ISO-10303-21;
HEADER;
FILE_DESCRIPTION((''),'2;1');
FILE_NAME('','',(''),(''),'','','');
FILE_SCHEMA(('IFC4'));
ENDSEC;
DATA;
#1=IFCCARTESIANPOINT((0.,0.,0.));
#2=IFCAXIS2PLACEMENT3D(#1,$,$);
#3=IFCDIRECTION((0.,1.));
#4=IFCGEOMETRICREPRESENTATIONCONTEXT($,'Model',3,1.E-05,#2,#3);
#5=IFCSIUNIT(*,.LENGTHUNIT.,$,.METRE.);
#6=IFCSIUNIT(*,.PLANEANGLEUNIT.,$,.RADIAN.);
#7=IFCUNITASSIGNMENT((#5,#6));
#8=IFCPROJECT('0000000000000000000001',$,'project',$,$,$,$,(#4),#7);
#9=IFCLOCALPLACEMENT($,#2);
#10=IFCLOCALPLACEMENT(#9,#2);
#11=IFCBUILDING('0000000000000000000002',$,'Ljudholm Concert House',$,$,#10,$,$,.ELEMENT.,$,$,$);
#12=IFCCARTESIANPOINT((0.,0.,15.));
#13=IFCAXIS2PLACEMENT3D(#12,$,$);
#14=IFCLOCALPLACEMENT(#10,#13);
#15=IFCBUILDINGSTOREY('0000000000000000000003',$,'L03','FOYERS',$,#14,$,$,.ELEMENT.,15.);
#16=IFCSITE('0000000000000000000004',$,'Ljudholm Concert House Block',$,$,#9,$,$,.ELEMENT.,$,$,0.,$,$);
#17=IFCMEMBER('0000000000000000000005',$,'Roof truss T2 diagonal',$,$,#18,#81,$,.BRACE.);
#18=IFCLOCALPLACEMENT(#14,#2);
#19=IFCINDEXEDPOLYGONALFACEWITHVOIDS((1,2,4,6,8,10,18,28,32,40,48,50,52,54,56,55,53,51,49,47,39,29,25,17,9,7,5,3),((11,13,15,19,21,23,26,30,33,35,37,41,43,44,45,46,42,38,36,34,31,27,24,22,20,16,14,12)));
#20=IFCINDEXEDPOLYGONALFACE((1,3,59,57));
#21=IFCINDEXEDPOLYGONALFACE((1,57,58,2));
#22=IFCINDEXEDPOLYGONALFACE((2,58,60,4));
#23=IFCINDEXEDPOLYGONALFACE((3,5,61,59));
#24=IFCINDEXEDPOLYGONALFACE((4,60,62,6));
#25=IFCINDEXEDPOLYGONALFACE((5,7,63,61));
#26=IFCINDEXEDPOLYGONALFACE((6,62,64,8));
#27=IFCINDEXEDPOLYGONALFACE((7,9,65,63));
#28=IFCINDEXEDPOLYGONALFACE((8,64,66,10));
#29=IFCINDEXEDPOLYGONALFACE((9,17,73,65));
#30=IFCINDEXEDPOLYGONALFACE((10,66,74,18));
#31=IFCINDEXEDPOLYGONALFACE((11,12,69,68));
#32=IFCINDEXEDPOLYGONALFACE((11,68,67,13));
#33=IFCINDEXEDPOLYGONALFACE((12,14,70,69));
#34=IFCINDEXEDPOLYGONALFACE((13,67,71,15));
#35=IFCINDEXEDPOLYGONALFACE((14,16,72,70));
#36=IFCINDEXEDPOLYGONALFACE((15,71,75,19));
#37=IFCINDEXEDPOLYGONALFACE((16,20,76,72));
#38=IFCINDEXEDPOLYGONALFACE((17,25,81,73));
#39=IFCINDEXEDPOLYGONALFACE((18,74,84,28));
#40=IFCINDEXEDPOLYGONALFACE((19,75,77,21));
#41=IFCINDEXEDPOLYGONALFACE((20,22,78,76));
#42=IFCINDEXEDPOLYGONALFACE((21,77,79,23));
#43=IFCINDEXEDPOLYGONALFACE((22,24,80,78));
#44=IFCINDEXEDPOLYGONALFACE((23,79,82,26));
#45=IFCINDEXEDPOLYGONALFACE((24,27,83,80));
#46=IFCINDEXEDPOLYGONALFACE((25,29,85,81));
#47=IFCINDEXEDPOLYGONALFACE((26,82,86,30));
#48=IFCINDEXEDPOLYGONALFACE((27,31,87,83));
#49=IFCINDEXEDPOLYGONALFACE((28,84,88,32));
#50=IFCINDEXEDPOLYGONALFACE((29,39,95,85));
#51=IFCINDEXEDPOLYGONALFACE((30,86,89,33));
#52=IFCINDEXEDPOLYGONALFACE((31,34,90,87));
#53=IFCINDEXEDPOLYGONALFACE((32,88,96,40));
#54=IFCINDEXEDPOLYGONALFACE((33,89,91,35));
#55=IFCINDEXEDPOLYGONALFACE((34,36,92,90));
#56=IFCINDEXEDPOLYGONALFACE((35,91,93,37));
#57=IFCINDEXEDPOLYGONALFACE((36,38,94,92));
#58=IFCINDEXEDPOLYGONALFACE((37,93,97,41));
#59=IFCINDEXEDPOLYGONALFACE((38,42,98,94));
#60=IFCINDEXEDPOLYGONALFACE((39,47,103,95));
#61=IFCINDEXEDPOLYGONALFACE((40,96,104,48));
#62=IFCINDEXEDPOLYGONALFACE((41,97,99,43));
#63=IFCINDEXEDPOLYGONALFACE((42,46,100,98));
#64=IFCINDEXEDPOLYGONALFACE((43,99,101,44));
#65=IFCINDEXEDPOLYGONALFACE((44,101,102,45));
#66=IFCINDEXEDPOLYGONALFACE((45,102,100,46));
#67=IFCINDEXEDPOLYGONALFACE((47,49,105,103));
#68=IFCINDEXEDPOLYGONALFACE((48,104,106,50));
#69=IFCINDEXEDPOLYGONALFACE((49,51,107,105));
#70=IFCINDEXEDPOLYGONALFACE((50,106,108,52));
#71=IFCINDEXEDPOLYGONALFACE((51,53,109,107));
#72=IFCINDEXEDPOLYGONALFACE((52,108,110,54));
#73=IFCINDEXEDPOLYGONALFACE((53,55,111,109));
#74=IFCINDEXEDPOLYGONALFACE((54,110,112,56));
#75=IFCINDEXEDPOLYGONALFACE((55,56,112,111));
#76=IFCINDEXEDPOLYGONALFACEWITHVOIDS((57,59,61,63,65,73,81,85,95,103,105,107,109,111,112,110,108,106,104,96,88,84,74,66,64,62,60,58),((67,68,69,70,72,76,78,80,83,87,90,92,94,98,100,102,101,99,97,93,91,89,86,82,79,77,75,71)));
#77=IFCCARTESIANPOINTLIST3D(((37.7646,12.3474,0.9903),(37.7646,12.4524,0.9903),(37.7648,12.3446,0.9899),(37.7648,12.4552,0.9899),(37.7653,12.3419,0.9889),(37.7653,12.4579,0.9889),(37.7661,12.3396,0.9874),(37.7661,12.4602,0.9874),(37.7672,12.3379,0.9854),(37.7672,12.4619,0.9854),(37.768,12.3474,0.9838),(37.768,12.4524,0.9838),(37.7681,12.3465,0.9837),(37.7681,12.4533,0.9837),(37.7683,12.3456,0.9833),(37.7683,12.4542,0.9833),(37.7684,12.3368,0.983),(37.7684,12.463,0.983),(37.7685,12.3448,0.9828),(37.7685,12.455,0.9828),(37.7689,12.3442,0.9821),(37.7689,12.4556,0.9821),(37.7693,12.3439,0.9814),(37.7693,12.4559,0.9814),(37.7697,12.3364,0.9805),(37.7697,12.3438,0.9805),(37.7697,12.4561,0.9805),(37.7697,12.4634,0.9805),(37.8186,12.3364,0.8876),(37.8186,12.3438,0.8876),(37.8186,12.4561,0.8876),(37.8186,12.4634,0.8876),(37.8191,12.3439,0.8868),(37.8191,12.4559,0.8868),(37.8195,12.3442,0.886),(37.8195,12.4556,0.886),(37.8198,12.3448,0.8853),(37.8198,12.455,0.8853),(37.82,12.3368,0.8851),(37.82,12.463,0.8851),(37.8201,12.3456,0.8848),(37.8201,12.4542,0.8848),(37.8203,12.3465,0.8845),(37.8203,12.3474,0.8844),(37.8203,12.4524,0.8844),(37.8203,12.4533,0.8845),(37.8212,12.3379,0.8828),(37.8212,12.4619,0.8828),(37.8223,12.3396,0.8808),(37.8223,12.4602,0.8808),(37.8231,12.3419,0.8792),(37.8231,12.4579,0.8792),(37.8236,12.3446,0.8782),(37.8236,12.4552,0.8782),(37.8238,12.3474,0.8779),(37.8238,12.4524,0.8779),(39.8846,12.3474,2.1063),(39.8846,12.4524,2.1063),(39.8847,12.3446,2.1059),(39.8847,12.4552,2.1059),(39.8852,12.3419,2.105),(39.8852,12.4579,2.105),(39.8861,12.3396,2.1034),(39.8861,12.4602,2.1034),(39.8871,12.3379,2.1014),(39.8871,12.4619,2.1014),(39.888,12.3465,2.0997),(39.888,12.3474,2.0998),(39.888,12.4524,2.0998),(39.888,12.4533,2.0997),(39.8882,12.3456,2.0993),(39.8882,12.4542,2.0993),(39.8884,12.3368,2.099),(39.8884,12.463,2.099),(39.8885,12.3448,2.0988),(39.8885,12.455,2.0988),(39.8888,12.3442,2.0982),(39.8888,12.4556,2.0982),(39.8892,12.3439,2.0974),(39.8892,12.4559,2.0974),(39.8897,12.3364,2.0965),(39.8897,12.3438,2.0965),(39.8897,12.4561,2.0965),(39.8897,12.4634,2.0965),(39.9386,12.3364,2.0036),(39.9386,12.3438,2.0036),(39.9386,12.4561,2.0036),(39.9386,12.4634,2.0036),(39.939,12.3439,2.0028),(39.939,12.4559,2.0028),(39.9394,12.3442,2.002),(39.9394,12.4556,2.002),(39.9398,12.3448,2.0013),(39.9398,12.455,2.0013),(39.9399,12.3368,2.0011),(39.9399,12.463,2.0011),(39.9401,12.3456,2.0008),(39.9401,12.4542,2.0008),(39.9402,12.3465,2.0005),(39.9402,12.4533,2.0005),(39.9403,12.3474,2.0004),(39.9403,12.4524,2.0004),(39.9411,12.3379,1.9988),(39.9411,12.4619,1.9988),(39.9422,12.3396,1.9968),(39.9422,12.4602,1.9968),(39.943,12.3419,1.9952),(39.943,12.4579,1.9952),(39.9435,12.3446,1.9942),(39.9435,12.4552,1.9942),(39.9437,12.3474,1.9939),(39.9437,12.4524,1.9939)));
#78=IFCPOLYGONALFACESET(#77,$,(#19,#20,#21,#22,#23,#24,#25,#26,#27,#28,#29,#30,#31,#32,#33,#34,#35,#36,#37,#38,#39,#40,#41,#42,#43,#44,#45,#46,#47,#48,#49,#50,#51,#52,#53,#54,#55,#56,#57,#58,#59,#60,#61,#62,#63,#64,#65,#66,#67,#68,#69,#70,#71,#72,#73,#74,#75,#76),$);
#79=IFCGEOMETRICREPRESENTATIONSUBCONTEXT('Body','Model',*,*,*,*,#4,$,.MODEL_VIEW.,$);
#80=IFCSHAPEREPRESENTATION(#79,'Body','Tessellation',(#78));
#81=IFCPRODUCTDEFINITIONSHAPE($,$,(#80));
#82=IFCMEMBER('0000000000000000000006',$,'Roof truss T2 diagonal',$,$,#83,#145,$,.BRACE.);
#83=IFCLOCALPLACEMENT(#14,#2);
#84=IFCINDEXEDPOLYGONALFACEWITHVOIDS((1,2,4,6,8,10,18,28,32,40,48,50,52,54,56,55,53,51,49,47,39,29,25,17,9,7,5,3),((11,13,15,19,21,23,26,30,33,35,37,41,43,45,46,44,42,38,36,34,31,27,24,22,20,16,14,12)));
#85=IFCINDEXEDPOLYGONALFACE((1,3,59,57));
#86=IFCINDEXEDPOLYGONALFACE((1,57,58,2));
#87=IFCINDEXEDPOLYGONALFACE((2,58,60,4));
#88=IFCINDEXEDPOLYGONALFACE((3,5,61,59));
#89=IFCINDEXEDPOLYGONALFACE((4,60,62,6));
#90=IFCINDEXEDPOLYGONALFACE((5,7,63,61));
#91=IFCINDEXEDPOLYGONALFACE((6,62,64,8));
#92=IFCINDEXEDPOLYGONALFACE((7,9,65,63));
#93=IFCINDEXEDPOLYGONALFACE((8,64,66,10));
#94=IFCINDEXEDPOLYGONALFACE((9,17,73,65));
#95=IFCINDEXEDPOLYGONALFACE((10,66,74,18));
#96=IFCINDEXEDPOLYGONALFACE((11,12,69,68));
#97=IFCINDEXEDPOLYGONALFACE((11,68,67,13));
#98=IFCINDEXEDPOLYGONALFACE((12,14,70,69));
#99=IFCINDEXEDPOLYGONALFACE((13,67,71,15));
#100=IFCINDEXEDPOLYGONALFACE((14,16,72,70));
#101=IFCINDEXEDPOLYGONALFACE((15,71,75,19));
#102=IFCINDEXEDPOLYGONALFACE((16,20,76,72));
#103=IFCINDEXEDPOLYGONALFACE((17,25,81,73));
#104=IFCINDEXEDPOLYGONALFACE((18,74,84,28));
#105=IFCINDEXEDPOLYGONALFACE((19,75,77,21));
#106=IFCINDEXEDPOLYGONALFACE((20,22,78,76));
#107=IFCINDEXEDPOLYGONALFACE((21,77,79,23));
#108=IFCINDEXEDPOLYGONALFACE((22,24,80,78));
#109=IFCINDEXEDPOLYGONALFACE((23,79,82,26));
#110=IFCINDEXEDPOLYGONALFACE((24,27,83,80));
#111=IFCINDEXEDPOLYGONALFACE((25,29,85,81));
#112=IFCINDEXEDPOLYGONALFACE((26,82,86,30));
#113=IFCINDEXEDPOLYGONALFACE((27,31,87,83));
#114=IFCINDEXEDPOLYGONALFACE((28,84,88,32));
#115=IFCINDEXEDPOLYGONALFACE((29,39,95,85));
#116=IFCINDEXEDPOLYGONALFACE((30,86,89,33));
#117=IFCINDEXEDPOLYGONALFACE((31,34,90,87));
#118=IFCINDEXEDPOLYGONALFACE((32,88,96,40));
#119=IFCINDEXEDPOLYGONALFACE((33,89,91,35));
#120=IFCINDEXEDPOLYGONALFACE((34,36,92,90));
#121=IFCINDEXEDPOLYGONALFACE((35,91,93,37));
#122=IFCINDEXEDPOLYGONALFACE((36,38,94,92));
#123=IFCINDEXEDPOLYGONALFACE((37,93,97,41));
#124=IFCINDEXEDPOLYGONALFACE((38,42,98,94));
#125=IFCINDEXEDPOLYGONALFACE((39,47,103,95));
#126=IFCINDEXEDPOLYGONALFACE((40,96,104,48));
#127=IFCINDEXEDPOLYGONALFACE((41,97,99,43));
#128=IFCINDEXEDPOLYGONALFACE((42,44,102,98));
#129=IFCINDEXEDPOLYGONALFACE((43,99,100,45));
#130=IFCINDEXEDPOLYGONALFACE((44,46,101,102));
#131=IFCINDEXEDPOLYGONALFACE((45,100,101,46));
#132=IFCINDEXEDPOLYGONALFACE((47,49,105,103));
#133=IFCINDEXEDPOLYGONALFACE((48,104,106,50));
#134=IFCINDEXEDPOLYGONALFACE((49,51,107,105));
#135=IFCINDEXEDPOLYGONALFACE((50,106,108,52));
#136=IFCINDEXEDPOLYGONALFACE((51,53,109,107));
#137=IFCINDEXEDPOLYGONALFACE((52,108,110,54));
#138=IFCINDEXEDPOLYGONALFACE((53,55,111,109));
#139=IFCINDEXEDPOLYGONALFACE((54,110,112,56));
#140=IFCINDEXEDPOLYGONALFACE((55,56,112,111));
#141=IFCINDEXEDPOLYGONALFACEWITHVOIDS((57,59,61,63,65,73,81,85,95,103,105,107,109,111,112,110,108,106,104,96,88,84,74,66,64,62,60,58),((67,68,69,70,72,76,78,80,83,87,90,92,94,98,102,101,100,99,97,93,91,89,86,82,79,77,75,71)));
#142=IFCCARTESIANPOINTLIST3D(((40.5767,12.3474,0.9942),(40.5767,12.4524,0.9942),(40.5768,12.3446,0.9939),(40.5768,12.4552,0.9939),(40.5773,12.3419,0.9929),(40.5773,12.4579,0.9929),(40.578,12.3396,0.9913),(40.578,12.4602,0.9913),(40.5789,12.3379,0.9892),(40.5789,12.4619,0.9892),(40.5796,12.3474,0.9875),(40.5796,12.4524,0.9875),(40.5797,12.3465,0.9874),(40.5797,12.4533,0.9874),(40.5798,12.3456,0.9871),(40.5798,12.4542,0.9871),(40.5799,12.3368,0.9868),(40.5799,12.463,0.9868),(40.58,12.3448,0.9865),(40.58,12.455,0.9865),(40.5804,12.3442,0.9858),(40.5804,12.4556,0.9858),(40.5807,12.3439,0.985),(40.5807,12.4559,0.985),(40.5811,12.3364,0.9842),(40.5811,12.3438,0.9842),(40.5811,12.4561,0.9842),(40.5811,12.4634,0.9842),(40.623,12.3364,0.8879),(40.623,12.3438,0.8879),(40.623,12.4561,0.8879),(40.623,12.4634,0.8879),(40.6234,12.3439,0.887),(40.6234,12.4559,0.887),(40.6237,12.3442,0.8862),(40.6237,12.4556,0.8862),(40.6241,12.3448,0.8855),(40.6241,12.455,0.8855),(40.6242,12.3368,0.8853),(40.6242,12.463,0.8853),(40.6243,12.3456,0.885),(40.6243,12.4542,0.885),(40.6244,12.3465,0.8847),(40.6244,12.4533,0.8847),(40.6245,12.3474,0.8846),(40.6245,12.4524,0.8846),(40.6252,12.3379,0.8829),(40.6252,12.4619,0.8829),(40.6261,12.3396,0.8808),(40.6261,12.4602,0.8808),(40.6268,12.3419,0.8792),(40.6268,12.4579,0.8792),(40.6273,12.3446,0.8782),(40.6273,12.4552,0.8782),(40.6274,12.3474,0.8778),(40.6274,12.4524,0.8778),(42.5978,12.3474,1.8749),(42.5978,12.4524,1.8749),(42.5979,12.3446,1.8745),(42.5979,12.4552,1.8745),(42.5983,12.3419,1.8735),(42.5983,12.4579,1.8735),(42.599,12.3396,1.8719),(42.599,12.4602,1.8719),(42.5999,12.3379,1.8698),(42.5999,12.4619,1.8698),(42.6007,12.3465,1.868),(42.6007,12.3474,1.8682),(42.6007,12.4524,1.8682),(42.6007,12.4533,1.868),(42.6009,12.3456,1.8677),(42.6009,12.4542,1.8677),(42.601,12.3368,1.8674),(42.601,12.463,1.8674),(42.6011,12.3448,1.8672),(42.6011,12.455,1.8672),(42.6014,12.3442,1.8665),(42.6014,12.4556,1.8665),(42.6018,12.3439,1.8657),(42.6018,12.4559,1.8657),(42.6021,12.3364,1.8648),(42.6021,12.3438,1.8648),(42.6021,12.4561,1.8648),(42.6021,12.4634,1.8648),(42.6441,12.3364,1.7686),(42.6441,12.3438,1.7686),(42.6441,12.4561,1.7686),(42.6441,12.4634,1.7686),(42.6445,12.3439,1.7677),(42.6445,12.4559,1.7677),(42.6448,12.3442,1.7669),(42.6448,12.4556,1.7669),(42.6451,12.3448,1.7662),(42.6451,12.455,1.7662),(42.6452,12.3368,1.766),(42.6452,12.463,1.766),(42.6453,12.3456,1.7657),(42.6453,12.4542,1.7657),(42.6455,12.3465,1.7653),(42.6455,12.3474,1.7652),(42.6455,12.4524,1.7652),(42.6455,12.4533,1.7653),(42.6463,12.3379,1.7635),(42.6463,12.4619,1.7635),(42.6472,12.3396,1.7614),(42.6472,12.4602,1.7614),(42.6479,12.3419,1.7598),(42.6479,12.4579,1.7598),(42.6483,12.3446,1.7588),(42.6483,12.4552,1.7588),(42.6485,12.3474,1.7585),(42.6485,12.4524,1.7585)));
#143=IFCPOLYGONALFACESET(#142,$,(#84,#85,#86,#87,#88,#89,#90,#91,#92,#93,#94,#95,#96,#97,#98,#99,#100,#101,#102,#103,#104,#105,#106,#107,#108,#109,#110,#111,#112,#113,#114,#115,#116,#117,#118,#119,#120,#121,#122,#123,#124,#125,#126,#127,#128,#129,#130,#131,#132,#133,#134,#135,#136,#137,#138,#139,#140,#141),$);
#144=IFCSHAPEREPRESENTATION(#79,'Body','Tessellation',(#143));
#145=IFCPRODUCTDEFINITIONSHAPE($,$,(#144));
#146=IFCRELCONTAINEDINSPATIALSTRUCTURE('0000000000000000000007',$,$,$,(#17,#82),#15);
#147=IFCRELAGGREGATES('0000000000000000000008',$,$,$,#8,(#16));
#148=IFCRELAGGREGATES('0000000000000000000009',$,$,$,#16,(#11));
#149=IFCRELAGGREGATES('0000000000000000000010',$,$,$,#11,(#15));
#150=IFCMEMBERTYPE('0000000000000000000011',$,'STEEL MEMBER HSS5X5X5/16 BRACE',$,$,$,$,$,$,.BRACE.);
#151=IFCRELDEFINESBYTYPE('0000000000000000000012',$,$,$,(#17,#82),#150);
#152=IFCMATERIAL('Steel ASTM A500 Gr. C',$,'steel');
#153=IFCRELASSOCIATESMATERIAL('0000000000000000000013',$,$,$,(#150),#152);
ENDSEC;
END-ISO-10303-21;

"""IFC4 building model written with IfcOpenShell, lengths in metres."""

from ifc_helpers import new_model, si_unit, direction, frame, origin, origin_2d, place, context, subcontext, project, spatial, hollow_rectangle, extrude, material, material_profile, profile_set, type_object, element, save


model = new_model("IFC4")

# Units and contexts
model_context = context("Model", 3, precision=1e-05, world=origin(), true_north=direction((0.0, 1.0)))
body_context = subcontext(model_context, "Body", "Model", "MODEL_VIEW")
ifc_project = project(units=[si_unit("LENGTHUNIT", "METRE"), si_unit("PLANEANGLEUNIT", "RADIAN")], contexts=[model_context])

# Site, building, storey
site_placement = place(None, origin())
site = spatial("IfcSite", under=ifc_project, at=site_placement, Name="Ljudholm Concert House Block", CompositionType="ELEMENT", RefElevation=0.0)
building_placement = place(site_placement, origin())
building = spatial("IfcBuilding", under=site, at=building_placement, Name="Ljudholm Concert House", CompositionType="ELEMENT")
storey_placement = place(building_placement, frame((0.0, 0.0, 15.0)))
storey = spatial("IfcBuildingStorey", under=building, at=storey_placement, Name="L03", Description="FOYERS", CompositionType="ELEMENT", Elevation=15.0)

# Members
ifc_material_1 = material(Name="Steel ASTM A500 Gr. C", Category="steel")
ifc_material_profile_1 = material_profile(ifc_material_1, hollow_rectangle(XDim=0.127, YDim=0.127, WallThickness=0.0073, InnerFilletRadius=0.0037, OuterFilletRadius=0.011, at=origin_2d()), Name="HSS5X5X5/16")
ifc_profile_set_1 = profile_set([ifc_material_profile_1], Name="Steel ASTM A500 Gr. C")
member_type_1 = type_object("IfcMemberType", Name="STEEL MEMBER HSS5X5X5/16 BRACE", PredefinedType="BRACE", material=ifc_profile_set_1)
member_1_placement = place(storey_placement, frame((37.7942, 12.3999, 0.9341), z_axis=(0.884876, 0.0, 0.465826), x_axis=(0.0, 1.0, 0.0)))
element("IfcMember", 1, at=member_1_placement, inside=storey, type_object=member_type_1, Name="Roof truss T2 diagonal", PredefinedType="BRACE", context=body_context, shape_type="SweptSolid", body=[
    extrude(hollow_rectangle(XDim=0.127, YDim=0.127, WallThickness=0.0073, InnerFilletRadius=0.0037, OuterFilletRadius=0.011, at=origin_2d()), origin(), (0.0, 0.0, 1.0), 2.3958),
])
member_2_placement = place(storey_placement, frame((40.6021, 12.3999, 0.936), z_axis=(0.916751, 0.0, 0.399459), x_axis=(0.0, 1.0, 0.0)))
element("IfcMember", 2, at=member_2_placement, inside=storey, type_object=member_type_1, Name="Roof truss T2 diagonal", PredefinedType="BRACE", context=body_context, shape_type="SweptSolid", body=[
    extrude(hollow_rectangle(XDim=0.127, YDim=0.127, WallThickness=0.0073, InnerFilletRadius=0.0037, OuterFilletRadius=0.011, at=origin_2d()), origin(), (0.0, 0.0, 1.0), 2.2046),
])

save(model, "model.ifc")
